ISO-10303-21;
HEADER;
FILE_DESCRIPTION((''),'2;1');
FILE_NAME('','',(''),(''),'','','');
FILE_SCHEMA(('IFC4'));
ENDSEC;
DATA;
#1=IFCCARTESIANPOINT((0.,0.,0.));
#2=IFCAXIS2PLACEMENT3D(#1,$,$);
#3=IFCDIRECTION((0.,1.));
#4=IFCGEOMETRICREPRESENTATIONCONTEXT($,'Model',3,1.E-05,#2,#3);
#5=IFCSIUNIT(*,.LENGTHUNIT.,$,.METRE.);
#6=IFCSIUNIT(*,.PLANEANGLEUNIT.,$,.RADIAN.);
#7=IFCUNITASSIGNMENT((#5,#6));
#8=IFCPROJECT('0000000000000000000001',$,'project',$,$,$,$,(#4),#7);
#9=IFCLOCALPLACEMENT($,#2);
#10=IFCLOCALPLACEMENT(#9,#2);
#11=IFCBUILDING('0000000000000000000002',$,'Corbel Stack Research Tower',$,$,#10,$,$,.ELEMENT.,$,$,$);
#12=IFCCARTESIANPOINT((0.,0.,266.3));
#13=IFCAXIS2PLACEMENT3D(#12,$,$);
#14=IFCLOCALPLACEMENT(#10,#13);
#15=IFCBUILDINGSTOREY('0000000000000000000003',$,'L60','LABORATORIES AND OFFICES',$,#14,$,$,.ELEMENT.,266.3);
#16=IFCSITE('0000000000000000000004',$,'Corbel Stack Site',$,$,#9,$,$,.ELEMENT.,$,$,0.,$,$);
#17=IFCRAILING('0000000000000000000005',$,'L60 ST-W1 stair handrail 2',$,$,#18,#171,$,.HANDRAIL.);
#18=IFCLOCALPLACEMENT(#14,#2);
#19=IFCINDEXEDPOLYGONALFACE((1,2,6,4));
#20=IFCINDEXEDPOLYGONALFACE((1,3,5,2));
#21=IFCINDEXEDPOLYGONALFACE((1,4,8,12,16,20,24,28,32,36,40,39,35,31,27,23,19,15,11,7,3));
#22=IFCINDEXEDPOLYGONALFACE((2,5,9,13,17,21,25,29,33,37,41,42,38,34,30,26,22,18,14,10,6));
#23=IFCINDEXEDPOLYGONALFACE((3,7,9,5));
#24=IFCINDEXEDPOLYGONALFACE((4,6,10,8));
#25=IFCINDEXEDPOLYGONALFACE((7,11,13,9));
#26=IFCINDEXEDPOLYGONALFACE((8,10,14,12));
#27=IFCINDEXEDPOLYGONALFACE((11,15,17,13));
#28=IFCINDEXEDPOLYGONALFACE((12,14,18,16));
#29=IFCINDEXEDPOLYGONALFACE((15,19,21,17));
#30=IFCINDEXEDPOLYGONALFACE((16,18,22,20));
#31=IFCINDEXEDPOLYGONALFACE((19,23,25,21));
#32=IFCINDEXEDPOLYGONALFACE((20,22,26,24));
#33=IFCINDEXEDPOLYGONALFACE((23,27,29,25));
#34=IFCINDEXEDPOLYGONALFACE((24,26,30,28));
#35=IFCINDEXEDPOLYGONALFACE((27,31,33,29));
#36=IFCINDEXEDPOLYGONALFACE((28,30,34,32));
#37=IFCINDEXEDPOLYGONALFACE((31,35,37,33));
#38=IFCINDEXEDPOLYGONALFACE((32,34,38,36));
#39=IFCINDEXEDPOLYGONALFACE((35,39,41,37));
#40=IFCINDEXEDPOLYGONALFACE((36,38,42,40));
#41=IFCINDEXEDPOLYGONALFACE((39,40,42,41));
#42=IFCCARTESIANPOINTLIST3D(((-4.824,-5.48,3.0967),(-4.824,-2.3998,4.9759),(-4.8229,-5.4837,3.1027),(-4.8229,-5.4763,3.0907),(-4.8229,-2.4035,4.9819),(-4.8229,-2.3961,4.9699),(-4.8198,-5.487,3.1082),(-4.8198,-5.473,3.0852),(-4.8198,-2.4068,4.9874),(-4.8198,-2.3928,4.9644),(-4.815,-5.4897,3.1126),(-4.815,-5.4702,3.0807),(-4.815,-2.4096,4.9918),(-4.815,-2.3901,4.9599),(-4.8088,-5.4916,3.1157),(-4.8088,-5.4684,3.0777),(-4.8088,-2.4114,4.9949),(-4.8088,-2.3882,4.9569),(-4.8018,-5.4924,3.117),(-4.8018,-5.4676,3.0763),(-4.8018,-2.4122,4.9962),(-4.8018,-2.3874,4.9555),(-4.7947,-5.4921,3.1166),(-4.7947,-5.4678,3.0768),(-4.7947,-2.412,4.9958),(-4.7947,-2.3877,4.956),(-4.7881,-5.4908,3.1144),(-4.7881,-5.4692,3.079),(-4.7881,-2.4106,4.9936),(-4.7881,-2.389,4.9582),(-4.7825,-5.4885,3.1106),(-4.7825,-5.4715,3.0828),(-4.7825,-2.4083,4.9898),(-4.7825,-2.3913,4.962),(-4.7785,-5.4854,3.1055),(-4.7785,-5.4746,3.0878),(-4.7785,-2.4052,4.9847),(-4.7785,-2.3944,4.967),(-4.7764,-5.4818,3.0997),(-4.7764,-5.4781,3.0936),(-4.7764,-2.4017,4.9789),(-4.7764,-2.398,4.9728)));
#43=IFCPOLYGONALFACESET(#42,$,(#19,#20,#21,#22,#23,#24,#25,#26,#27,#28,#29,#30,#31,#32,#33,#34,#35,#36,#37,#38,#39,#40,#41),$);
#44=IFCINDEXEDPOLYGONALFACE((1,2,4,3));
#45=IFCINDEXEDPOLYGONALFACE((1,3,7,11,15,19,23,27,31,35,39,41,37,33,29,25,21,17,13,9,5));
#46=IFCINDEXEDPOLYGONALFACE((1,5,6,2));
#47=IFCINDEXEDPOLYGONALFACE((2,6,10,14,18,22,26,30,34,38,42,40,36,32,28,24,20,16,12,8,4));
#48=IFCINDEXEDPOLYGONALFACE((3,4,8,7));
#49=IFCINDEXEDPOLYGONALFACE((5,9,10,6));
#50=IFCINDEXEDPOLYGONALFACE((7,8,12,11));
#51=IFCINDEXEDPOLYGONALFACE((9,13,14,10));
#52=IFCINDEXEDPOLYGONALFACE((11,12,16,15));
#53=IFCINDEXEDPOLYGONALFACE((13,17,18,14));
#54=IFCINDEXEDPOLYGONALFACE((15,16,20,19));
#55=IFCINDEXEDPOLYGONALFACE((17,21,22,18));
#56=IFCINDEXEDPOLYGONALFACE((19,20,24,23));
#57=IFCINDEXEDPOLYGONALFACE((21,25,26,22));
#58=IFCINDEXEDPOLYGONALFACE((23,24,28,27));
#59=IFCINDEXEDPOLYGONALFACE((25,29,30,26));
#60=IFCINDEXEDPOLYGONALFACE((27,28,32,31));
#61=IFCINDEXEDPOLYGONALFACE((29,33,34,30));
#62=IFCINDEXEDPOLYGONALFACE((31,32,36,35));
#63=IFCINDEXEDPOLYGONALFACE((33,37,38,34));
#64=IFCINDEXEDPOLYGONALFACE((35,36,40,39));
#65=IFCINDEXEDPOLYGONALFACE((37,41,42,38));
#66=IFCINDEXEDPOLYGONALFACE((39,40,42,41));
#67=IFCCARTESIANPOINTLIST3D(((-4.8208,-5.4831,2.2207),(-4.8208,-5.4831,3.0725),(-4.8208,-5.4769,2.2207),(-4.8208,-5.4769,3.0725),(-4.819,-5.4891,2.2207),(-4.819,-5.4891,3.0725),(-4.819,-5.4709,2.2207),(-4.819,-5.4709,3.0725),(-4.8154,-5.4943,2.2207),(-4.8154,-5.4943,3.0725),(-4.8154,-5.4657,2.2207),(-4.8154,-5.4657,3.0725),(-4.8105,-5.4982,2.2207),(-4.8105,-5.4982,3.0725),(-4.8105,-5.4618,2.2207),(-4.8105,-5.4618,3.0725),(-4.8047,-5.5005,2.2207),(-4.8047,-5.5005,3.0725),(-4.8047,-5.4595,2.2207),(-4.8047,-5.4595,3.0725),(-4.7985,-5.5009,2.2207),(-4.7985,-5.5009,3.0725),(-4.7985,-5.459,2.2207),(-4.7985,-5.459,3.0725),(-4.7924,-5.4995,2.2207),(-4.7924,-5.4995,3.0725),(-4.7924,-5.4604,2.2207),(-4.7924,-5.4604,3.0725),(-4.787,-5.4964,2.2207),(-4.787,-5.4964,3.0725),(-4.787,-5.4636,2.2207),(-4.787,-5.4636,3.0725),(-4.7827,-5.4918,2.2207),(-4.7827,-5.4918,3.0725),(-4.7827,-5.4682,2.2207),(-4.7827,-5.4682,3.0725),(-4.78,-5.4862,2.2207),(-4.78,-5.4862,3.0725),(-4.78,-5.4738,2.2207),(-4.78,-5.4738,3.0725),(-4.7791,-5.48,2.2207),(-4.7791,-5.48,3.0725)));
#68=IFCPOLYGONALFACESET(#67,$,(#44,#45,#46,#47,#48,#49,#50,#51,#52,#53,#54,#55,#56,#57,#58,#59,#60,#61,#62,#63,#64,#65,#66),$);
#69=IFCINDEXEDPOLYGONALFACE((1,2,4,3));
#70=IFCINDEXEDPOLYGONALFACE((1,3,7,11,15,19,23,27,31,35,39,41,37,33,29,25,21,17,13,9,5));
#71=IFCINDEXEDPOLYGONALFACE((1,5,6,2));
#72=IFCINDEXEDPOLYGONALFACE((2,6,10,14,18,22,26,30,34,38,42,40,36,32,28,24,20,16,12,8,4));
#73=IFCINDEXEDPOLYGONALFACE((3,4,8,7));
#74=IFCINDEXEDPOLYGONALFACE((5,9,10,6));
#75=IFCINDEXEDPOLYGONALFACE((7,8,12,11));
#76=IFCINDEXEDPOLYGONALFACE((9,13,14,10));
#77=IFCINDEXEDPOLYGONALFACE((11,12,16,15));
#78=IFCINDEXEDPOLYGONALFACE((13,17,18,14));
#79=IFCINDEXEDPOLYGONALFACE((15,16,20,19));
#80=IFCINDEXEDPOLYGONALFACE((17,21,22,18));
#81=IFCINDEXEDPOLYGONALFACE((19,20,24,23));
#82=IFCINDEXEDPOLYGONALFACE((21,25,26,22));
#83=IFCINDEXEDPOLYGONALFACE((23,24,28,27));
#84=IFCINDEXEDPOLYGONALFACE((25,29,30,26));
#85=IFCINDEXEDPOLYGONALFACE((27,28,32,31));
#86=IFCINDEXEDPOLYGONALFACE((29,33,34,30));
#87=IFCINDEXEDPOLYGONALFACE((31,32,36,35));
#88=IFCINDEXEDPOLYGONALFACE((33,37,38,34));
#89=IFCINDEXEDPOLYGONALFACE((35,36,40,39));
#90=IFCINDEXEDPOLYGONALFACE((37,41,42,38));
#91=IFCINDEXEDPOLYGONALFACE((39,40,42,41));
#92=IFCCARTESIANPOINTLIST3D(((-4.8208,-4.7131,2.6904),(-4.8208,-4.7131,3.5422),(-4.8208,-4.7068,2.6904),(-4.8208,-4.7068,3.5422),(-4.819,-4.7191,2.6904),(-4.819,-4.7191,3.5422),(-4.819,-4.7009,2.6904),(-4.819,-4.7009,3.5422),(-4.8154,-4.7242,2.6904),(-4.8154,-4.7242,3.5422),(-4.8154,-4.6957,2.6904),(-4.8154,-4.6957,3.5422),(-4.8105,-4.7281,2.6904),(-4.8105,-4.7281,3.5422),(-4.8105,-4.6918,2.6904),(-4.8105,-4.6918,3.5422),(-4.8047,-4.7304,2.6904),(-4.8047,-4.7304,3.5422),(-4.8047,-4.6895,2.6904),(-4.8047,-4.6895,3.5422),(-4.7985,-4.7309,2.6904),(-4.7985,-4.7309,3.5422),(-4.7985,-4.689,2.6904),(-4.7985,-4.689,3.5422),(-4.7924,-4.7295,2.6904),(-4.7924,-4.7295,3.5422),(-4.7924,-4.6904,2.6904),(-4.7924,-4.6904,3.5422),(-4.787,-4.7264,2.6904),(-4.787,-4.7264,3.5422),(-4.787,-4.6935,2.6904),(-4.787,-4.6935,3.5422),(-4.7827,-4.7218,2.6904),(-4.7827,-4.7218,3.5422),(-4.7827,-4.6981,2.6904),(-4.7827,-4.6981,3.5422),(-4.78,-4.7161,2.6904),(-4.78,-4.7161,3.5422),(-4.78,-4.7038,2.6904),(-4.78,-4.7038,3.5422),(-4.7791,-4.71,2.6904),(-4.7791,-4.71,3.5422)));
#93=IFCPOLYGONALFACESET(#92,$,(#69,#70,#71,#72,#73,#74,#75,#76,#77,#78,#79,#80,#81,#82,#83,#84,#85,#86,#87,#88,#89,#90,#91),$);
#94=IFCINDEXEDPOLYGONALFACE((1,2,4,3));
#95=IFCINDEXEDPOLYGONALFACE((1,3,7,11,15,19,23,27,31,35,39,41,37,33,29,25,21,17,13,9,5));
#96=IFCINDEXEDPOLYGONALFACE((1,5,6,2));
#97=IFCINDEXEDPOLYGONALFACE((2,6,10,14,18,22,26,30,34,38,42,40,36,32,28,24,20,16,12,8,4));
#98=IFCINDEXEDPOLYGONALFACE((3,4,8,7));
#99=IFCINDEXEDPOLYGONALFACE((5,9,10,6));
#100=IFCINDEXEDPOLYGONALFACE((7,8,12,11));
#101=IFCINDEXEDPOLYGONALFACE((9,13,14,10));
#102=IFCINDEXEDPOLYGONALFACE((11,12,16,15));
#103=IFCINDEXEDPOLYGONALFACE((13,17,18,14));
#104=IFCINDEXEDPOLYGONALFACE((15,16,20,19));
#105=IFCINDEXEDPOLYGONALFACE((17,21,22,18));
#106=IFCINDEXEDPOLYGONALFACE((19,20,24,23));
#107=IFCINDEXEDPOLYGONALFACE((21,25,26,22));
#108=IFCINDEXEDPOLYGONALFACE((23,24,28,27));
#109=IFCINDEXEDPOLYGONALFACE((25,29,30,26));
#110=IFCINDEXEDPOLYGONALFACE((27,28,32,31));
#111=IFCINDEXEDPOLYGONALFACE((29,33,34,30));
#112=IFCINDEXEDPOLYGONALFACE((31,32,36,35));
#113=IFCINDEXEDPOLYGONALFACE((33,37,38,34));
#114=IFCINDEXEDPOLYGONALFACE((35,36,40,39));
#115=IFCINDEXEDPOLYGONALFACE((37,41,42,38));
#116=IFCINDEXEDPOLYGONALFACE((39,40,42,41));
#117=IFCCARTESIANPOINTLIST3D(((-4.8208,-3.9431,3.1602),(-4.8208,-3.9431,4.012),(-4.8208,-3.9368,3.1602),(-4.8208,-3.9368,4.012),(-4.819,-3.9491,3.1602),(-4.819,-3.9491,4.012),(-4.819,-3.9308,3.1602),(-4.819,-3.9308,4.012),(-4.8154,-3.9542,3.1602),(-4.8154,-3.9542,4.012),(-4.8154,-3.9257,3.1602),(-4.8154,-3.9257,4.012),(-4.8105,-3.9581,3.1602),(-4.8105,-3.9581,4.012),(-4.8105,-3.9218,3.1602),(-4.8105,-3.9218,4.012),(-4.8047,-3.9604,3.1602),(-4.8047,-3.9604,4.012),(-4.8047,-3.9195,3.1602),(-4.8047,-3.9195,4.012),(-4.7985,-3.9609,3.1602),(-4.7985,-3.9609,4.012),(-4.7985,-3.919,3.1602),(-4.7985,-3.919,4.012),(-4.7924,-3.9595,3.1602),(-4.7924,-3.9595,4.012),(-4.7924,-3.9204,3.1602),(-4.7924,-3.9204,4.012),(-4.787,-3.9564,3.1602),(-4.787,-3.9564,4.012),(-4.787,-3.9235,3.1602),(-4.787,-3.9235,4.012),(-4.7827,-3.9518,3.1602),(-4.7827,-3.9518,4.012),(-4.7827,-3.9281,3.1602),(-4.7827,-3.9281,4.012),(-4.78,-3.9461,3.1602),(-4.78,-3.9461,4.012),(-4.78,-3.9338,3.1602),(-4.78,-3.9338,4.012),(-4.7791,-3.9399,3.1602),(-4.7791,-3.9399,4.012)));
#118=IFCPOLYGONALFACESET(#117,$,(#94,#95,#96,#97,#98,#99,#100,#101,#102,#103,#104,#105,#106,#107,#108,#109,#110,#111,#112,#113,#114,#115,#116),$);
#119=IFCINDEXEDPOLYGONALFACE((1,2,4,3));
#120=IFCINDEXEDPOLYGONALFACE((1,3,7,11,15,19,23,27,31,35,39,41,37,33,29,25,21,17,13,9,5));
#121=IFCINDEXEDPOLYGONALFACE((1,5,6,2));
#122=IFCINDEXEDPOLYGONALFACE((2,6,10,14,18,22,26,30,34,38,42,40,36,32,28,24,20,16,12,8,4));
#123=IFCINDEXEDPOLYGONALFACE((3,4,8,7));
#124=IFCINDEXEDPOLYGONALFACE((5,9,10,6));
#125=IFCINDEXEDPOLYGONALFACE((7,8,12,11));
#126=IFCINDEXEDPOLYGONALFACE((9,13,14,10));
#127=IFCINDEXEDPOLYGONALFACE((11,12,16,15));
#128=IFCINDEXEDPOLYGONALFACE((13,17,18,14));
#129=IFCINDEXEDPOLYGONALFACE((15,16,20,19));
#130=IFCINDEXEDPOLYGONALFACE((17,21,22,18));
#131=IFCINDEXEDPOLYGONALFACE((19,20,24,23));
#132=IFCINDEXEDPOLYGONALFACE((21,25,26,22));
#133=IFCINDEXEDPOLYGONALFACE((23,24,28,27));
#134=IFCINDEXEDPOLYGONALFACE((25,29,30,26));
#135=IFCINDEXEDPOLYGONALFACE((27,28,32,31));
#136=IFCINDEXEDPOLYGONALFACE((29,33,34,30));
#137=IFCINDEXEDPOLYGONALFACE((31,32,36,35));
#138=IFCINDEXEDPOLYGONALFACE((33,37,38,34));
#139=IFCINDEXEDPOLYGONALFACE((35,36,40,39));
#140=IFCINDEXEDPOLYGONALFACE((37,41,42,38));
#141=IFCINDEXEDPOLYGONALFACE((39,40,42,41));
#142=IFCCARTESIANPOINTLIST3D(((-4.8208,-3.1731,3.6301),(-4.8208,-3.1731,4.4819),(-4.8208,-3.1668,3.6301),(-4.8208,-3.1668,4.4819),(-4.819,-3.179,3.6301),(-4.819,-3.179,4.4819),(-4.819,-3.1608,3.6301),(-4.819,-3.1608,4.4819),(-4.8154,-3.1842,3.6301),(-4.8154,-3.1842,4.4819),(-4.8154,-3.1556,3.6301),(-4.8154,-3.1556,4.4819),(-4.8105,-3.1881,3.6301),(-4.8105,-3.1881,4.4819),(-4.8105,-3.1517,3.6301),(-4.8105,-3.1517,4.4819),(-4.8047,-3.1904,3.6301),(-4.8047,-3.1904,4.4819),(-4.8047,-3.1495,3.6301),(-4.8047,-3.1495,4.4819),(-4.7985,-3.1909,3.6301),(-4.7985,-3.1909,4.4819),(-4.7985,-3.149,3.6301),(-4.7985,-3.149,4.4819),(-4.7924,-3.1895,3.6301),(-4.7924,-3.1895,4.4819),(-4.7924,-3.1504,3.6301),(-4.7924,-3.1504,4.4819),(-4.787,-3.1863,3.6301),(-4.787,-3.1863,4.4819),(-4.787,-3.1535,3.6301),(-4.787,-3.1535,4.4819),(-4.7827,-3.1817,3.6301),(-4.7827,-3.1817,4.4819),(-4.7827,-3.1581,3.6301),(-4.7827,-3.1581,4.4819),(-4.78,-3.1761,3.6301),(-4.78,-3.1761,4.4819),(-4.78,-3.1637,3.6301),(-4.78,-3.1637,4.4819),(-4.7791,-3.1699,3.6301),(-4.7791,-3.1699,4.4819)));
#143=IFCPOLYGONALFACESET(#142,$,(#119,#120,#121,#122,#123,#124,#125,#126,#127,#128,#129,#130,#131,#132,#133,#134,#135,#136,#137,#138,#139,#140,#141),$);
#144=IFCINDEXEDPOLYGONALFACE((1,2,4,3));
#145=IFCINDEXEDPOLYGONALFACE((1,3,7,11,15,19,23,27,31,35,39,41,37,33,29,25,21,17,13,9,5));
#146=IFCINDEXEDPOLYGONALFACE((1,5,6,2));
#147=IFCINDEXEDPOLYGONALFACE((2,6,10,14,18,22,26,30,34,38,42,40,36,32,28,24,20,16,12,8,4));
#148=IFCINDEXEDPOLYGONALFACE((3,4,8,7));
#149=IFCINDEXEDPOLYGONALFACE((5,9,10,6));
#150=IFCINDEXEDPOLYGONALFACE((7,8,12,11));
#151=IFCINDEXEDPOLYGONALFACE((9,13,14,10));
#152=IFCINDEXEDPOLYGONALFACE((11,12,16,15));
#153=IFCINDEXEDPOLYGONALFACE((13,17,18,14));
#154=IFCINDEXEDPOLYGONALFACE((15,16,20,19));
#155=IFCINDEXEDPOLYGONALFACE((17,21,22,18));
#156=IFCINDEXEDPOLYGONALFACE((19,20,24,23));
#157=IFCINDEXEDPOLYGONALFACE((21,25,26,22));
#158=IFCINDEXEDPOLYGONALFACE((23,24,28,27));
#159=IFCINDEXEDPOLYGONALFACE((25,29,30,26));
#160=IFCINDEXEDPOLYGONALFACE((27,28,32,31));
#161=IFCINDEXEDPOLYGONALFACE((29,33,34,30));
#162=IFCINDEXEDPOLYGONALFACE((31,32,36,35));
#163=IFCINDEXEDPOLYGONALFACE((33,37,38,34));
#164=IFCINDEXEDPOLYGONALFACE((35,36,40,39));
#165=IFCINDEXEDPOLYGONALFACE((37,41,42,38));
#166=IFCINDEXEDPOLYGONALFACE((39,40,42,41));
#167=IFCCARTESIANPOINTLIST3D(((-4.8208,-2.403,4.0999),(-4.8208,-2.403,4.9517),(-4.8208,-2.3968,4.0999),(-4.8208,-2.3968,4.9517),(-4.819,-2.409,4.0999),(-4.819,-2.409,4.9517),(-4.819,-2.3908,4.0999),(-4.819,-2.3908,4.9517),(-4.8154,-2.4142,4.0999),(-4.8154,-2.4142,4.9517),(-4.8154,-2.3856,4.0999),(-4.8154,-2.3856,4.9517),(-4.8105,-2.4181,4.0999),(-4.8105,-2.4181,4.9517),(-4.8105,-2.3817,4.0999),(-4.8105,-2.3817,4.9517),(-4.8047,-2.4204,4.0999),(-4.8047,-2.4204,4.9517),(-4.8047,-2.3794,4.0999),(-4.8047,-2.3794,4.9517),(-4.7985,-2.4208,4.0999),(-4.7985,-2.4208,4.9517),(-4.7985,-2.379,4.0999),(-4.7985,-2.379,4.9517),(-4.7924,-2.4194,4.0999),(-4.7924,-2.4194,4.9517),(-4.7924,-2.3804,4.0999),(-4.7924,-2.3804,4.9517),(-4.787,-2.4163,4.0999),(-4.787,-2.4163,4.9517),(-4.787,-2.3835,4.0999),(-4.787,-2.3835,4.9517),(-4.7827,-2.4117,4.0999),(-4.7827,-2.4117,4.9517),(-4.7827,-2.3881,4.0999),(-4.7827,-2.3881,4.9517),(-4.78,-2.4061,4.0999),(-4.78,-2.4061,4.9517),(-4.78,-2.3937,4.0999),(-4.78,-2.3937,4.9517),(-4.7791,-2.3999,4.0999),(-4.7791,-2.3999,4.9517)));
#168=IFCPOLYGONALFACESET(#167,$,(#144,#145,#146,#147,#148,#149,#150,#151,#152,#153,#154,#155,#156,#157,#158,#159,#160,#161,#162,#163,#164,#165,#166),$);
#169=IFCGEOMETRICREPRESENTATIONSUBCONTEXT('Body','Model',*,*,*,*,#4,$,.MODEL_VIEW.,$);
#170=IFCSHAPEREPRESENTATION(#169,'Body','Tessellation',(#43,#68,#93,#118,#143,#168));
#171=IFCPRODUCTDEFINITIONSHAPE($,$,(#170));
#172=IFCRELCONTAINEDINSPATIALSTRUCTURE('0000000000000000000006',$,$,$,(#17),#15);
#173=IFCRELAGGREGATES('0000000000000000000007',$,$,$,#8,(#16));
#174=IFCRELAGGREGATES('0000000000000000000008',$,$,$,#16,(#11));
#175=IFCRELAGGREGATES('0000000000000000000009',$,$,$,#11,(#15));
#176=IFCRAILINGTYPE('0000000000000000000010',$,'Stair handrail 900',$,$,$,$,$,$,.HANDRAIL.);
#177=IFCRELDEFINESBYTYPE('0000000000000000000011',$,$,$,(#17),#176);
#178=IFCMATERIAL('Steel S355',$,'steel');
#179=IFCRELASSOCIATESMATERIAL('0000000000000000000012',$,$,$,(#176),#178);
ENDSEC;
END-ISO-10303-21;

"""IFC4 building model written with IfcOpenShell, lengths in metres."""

from ifc_helpers import new_model, si_unit, direction, frame, origin, origin_2d, place, context, subcontext, project, spatial, circle, extrude, material, type_object, element, save


model = new_model("IFC4")

# Units and contexts
model_context = context("Model", 3, precision=1e-05, world=origin(), true_north=direction((0.0, 1.0)))
body_context = subcontext(model_context, "Body", "Model", "MODEL_VIEW")
ifc_project = project(units=[si_unit("LENGTHUNIT", "METRE"), si_unit("PLANEANGLEUNIT", "RADIAN")], contexts=[model_context])

# Site, building, storey
site_placement = place(None, origin())
site = spatial("IfcSite", under=ifc_project, at=site_placement, Name="Corbel Stack Site", CompositionType="ELEMENT", RefElevation=0.0)
building_placement = place(site_placement, origin())
building = spatial("IfcBuilding", under=site, at=building_placement, Name="Corbel Stack Research Tower", CompositionType="ELEMENT")
storey_placement = place(building_placement, frame((0.0, 0.0, 266.3)))
storey = spatial("IfcBuildingStorey", under=building, at=storey_placement, Name="L60", Description="LABORATORIES AND OFFICES", CompositionType="ELEMENT", Elevation=266.3)

# Railing
ifc_material_1 = material(Name="Steel S355", Category="steel")
railing_type_1 = type_object("IfcRailingType", Name="Stair handrail 900", PredefinedType="HANDRAIL", material=ifc_material_1)
railing_1_placement = place(storey_placement, frame((-4.8, -5.48, 2.2207)))
element("IfcRailing", 1, at=railing_1_placement, inside=storey, type_object=railing_type_1, Name="L60 ST-W1 stair handrail 2", PredefinedType="HANDRAIL", context=body_context, shape_type="SweptSolid", body=[
    extrude(circle(Radius=0.0239, at=origin_2d()), frame((0.0, 0.0, 0.876), z_axis=(0.0, 0.853666, 0.52082), x_axis=(-1.0, 0.0, 0.0)), (0.0, 0.0, 1.0), 3.6082),
    extrude(circle(Radius=0.021, at=origin_2d()), origin(), (0.0, 0.0, 1.0), 0.8518),
    extrude(circle(Radius=0.021, at=origin_2d()), frame((0.0, 0.77, 0.4697)), (0.0, 0.0, 1.0), 0.8518),
    extrude(circle(Radius=0.021, at=origin_2d()), frame((0.0, 1.54, 0.9395)), (0.0, 0.0, 1.0), 0.8518),
    extrude(circle(Radius=0.021, at=origin_2d()), frame((0.0, 2.3101, 1.4094)), (0.0, 0.0, 1.0), 0.8518),
    extrude(circle(Radius=0.021, at=origin_2d()), frame((0.0, 3.0801, 1.8792)), (0.0, 0.0, 1.0), 0.8518),
])

save(model, "model.ifc")
